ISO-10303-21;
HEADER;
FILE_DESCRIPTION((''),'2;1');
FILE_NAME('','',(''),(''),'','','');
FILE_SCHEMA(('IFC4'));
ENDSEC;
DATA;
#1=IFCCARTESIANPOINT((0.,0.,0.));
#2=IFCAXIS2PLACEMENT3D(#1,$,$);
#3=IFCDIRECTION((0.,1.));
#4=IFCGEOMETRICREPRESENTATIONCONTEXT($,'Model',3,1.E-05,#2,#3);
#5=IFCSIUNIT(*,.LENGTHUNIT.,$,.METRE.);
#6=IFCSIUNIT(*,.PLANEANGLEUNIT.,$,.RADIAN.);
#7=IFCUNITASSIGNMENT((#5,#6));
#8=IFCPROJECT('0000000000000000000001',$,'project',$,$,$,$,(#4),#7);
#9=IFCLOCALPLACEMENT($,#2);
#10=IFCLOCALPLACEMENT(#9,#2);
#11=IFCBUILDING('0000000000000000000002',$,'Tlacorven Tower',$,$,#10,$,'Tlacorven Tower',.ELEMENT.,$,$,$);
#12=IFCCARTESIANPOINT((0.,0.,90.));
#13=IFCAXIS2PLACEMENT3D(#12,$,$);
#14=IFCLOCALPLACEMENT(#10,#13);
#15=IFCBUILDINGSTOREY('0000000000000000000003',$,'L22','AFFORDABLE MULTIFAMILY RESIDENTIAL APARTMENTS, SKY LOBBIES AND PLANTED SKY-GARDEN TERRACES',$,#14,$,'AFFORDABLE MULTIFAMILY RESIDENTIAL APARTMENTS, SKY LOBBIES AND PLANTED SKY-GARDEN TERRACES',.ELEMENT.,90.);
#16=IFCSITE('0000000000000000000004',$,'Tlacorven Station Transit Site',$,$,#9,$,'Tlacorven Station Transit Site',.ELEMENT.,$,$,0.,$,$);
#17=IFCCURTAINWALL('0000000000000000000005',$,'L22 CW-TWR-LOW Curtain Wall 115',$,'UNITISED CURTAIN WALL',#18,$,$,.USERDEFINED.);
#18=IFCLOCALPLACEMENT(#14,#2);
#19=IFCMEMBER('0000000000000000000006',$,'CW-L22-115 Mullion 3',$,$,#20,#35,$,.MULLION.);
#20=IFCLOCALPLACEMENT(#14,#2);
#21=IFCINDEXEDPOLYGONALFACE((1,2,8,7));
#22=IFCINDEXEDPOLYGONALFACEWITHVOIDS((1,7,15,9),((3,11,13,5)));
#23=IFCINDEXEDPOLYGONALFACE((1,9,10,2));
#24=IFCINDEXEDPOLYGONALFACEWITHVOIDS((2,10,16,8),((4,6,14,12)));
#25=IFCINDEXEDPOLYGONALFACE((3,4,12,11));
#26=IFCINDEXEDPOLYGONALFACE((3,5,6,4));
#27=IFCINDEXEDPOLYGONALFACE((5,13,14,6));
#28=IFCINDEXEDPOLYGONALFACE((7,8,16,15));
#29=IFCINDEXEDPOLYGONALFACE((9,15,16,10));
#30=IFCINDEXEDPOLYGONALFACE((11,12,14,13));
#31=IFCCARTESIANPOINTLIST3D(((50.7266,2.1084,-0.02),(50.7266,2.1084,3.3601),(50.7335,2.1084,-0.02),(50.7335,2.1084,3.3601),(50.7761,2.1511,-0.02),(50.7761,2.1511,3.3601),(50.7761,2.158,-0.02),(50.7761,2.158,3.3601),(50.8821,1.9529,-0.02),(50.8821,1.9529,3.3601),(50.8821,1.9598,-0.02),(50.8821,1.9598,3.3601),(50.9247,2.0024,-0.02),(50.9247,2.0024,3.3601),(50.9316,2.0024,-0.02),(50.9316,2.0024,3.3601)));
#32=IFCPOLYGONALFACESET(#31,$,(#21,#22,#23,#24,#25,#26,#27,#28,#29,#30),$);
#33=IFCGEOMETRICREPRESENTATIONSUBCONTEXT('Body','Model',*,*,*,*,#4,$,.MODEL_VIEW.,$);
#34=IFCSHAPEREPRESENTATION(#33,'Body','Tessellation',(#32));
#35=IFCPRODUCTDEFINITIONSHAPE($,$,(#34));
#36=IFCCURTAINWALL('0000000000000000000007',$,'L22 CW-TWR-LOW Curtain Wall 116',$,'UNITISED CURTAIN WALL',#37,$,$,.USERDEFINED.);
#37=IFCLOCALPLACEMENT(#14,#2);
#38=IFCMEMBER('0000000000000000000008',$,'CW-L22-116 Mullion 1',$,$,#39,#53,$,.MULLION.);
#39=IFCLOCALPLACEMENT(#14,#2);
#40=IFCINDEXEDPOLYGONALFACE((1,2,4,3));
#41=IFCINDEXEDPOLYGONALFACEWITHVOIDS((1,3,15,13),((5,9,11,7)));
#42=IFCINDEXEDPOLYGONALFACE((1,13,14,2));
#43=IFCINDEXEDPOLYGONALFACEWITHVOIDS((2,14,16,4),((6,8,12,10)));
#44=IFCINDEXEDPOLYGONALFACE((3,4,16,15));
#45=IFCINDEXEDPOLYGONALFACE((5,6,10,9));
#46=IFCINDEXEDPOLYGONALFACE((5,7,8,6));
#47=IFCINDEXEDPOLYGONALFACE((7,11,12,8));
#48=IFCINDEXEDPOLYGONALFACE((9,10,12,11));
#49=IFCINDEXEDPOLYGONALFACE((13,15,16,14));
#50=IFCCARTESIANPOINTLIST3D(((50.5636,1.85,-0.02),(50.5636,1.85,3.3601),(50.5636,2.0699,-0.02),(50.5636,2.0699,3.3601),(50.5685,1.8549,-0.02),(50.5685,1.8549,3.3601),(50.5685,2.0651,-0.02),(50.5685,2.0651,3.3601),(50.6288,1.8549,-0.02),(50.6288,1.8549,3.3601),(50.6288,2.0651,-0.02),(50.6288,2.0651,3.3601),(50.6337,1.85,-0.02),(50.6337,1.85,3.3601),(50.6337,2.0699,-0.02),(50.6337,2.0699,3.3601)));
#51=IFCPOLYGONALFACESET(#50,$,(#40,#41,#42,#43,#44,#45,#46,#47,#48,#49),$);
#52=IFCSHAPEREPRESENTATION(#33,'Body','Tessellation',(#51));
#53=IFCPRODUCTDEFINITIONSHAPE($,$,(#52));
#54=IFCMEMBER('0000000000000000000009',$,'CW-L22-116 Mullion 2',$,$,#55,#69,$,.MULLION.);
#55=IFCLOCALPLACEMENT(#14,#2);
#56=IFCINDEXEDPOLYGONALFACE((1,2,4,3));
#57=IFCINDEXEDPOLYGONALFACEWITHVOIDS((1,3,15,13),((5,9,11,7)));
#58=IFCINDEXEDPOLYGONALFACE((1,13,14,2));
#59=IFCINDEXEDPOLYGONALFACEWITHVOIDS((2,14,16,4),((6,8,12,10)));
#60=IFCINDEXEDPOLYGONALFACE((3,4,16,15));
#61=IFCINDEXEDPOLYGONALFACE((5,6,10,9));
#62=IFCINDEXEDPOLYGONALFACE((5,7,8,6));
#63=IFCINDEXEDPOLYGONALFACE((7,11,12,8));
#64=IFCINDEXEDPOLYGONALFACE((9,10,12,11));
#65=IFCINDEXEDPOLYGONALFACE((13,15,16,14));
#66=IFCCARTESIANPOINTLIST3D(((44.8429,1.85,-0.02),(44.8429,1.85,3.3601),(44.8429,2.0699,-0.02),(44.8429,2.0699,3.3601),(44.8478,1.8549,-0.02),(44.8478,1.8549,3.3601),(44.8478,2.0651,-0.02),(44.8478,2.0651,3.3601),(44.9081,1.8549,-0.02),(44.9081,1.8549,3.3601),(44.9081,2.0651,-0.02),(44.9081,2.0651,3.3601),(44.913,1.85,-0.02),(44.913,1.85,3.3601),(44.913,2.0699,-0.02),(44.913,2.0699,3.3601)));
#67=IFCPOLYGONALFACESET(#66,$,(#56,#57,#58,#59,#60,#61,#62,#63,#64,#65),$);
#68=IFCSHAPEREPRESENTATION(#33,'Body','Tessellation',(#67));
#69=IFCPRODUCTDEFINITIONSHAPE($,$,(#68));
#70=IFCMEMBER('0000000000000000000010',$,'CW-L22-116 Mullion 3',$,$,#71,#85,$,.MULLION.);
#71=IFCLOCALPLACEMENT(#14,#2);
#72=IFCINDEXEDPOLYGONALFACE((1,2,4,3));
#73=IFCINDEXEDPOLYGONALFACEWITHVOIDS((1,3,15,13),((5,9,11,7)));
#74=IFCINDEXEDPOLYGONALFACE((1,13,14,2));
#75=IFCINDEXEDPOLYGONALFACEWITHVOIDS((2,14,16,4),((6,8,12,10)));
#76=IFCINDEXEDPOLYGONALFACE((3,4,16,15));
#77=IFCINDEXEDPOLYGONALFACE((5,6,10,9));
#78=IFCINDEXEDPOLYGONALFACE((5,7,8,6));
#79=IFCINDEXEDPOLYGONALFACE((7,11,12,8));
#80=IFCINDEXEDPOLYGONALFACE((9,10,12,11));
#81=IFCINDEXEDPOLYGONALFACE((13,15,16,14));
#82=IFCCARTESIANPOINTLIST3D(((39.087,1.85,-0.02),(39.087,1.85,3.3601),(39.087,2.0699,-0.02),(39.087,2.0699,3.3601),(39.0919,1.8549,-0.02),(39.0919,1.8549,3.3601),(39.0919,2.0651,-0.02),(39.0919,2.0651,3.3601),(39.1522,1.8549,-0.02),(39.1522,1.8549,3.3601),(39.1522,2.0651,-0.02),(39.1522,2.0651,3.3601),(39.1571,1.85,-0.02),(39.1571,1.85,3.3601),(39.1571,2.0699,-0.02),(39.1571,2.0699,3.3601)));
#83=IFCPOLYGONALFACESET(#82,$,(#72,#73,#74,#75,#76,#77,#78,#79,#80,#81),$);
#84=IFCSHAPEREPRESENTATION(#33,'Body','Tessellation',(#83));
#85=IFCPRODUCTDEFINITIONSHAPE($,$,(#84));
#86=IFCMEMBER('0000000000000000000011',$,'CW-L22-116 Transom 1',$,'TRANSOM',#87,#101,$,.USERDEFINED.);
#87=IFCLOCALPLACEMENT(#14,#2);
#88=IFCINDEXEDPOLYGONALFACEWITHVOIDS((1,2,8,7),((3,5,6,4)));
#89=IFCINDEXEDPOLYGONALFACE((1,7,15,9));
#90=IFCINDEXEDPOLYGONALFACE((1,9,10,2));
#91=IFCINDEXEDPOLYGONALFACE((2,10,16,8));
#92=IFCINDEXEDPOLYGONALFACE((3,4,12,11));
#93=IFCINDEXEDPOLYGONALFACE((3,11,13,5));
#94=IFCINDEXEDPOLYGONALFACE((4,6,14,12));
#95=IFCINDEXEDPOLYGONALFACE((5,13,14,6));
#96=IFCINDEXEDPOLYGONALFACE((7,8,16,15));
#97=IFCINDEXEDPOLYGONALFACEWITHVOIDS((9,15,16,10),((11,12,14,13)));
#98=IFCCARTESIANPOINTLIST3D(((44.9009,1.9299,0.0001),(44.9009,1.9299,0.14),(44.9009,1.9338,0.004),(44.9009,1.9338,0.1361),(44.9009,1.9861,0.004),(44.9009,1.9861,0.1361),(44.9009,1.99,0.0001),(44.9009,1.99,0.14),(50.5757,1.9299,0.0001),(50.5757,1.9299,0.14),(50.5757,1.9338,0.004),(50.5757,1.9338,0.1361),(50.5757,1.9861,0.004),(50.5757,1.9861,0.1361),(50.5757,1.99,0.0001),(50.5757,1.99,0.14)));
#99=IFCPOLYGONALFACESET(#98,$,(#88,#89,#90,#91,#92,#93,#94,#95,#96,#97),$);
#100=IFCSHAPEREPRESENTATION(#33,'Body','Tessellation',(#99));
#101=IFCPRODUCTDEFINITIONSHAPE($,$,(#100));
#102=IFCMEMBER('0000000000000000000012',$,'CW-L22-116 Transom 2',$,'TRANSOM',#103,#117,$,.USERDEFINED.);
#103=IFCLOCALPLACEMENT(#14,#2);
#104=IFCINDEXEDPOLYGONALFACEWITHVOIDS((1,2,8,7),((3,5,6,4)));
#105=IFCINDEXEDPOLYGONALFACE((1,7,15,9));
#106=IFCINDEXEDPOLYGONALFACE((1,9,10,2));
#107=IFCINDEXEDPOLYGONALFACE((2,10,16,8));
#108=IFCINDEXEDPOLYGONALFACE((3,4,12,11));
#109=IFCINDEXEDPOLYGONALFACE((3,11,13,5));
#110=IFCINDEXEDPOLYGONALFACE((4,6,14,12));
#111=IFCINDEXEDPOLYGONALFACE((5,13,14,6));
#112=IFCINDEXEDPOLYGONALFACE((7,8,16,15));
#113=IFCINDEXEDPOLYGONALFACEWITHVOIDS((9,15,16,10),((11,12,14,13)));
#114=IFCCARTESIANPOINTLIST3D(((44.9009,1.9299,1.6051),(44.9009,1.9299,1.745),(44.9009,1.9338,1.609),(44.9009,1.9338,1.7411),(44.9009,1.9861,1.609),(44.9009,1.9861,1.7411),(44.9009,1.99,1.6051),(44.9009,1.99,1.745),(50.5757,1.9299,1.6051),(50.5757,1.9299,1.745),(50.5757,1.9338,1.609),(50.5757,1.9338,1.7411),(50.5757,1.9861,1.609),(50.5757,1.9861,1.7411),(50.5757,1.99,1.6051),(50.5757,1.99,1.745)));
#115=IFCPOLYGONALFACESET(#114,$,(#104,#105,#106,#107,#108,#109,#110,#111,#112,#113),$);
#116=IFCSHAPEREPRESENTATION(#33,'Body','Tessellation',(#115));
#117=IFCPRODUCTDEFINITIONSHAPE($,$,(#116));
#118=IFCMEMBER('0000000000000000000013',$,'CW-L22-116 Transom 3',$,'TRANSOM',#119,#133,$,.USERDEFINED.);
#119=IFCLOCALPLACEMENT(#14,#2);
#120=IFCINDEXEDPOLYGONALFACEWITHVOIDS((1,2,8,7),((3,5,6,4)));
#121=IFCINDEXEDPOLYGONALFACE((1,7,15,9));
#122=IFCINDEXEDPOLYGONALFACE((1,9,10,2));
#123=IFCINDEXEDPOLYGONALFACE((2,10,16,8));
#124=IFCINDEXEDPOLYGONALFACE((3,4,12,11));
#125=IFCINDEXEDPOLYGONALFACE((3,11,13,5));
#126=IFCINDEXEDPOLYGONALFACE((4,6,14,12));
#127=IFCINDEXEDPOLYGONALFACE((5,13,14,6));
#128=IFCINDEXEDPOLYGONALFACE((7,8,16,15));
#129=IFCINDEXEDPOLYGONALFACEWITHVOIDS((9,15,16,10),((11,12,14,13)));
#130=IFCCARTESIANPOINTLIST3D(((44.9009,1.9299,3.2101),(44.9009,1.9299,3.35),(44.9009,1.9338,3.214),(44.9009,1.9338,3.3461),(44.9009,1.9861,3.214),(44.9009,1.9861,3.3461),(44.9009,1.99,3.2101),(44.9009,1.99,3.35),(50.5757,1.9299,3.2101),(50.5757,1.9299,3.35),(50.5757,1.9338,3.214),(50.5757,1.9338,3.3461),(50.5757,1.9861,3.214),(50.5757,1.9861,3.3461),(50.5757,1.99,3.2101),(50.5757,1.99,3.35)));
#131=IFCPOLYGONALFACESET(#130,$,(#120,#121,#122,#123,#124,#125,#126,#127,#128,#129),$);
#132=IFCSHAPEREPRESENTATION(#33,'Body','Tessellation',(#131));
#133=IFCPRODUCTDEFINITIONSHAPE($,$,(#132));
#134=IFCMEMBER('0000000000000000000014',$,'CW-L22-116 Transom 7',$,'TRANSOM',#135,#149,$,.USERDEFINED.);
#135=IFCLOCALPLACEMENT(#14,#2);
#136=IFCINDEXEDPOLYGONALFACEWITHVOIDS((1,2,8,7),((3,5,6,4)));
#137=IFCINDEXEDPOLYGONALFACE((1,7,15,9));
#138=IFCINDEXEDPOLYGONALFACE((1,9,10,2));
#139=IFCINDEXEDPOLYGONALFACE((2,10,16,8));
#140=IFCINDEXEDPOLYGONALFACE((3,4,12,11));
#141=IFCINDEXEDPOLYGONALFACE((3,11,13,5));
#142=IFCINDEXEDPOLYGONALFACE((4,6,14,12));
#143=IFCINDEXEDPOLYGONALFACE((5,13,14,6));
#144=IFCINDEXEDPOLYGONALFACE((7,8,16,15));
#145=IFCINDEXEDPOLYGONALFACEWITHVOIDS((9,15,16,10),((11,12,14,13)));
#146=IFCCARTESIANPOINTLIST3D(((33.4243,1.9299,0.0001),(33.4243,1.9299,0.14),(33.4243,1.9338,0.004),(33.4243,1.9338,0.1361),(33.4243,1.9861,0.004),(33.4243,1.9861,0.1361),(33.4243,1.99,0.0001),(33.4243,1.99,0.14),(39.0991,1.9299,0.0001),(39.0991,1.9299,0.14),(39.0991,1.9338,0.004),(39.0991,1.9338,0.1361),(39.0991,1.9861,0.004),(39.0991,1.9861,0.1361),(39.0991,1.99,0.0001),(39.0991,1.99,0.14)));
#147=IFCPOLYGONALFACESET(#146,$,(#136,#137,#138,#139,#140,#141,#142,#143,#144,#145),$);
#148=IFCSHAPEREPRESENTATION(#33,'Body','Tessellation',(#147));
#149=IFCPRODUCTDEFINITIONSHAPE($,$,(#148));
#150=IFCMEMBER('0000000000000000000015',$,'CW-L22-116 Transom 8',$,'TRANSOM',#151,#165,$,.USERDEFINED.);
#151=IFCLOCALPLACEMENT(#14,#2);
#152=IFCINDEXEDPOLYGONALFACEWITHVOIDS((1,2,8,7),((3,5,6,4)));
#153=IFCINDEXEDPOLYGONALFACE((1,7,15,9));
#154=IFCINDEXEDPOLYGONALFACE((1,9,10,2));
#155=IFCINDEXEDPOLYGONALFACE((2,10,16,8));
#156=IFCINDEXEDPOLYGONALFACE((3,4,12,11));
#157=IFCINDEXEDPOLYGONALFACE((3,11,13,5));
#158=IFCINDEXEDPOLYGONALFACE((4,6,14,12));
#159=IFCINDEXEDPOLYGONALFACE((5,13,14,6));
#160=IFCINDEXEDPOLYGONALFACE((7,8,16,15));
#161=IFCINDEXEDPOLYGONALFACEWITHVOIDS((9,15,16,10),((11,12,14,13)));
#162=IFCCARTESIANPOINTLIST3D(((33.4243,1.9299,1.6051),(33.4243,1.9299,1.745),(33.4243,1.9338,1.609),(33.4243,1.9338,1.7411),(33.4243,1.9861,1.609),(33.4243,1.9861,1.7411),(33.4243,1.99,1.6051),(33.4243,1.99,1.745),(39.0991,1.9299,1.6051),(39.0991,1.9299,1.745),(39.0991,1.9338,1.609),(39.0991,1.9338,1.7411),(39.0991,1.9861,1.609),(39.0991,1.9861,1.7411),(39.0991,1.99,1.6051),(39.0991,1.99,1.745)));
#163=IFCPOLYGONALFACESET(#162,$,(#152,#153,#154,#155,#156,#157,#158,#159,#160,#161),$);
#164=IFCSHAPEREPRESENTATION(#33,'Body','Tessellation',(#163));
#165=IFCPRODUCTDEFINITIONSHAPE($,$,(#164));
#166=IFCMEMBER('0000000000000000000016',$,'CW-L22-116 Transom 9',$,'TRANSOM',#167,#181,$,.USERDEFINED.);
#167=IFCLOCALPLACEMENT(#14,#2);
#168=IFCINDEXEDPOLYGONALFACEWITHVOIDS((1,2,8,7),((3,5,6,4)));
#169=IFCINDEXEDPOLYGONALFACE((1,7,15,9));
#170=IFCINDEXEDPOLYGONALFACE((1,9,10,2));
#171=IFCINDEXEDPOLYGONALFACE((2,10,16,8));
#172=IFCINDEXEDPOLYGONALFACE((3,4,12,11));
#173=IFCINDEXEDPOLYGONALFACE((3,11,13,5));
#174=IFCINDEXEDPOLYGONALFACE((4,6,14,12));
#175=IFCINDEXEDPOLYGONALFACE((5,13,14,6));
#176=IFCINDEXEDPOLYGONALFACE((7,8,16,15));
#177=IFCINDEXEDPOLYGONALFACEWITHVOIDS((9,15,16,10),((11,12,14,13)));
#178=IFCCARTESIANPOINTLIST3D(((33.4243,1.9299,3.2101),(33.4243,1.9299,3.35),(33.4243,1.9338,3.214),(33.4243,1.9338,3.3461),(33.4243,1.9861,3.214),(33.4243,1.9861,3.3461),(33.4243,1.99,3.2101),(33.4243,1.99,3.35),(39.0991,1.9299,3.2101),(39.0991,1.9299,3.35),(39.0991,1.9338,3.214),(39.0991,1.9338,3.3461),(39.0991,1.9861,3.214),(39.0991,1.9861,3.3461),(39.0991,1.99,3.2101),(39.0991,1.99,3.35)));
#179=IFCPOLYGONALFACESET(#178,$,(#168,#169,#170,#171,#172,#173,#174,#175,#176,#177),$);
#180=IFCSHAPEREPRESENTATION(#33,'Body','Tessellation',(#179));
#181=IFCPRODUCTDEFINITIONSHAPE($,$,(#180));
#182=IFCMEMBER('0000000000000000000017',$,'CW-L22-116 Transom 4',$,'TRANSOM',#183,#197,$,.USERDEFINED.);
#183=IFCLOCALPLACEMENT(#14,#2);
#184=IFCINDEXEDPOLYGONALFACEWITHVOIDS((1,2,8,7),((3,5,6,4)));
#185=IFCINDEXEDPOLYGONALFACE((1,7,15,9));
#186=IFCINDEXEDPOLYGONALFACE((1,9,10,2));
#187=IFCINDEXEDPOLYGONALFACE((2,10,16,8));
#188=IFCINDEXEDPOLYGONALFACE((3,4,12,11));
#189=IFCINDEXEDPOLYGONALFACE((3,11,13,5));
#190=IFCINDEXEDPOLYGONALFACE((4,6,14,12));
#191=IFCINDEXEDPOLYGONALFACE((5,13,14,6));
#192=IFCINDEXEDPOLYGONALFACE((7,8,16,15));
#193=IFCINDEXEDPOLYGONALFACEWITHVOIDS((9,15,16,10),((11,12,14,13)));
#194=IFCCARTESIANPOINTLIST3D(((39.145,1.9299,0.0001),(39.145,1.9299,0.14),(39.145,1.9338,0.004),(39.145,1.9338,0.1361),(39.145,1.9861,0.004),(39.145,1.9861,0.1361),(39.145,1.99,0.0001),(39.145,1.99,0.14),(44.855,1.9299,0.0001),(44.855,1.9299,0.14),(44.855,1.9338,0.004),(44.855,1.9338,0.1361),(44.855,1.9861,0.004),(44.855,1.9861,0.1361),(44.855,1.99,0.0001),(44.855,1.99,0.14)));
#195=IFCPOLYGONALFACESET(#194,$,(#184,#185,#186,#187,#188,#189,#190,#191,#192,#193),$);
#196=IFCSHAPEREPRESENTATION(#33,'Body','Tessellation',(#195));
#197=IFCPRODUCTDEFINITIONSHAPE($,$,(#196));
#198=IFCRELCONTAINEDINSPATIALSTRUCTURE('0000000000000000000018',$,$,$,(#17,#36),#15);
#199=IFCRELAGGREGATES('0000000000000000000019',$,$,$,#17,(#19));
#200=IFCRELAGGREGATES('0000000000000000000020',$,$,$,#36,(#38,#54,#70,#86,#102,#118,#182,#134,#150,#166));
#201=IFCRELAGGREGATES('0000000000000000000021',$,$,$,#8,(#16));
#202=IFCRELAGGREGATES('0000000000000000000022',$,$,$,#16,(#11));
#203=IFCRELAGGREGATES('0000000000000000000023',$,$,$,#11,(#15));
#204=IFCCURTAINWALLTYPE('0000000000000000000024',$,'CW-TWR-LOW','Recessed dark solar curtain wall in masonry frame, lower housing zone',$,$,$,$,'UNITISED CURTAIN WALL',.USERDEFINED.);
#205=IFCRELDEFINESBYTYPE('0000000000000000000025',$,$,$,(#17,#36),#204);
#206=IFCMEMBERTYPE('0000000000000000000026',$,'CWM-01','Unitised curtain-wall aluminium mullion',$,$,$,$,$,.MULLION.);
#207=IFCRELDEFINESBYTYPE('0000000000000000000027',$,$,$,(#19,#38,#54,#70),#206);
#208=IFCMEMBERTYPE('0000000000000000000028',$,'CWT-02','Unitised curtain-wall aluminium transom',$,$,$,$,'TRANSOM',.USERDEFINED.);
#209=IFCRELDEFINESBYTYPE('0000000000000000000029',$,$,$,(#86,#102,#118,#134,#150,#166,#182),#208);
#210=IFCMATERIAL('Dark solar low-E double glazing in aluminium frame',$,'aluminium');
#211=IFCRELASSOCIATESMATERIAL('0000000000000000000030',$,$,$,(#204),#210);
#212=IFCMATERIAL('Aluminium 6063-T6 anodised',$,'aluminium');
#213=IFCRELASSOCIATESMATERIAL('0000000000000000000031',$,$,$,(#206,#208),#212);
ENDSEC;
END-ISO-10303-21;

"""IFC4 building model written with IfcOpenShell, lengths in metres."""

from ifc_helpers import new_model, si_unit, direction, frame, origin, origin_2d, place, context, subcontext, project, spatial, hollow_rectangle, extrude, source, transform, mapped, material, material_profile, profile_set, type_object, element, aggregate, save


model = new_model("IFC4")

# Units and contexts
model_context = context("Model", 3, precision=1e-05, world=origin(), true_north=direction((0.0, 1.0)))
body_context = subcontext(model_context, "Body", "Model", "MODEL_VIEW")
ifc_project = project(units=[si_unit("LENGTHUNIT", "METRE"), si_unit("PLANEANGLEUNIT", "RADIAN")], contexts=[model_context])

# Site, building, storey
site_placement = place(None, origin())
site = spatial("IfcSite", under=ifc_project, at=site_placement, Name="Tlacorven Station Transit Site", LongName="Tlacorven Station Transit Site", CompositionType="ELEMENT", RefElevation=0.0)
building_placement = place(site_placement, origin())
building = spatial("IfcBuilding", under=site, at=building_placement, Name="Tlacorven Tower", LongName="Tlacorven Tower", CompositionType="ELEMENT")
storey_placement = place(building_placement, frame((0.0, 0.0, 90.0)))
storey = spatial("IfcBuildingStorey", under=building, at=storey_placement, Name="L22", Description="AFFORDABLE MULTIFAMILY RESIDENTIAL APARTMENTS, SKY LOBBIES AND PLANTED SKY-GARDEN TERRACES", LongName="AFFORDABLE MULTIFAMILY RESIDENTIAL APARTMENTS, SKY LOBBIES AND PLANTED SKY-GARDEN TERRACES", CompositionType="ELEMENT", Elevation=90.0)

# Curtain wall, member
ifc_material_1 = material(Name="Dark solar low-E double glazing in aluminium frame", Category="aluminium")
curtain_wall_type = type_object("IfcCurtainWallType", Name="CW-TWR-LOW", Description="Recessed dark solar curtain wall in masonry frame, lower housing zone", ElementType="UNITISED CURTAIN WALL", PredefinedType="USERDEFINED", material=ifc_material_1)
curtain_wall_1_placement = place(storey_placement, origin())
curtain_wall_1 = element("IfcCurtainWall", 1, at=curtain_wall_1_placement, inside=storey, type_object=curtain_wall_type, Name="L22 CW-TWR-LOW Curtain Wall 115", ObjectType="UNITISED CURTAIN WALL", PredefinedType="USERDEFINED")
ifc_material_2 = material(Name="Aluminium 6063-T6 anodised", Category="aluminium")
ifc_material_profile_1 = material_profile(ifc_material_2, hollow_rectangle(XDim=0.0701, YDim=0.22, WallThickness=0.0049, at=origin_2d()), Name="ALU MULLION 70X220")
ifc_profile_set_1 = profile_set([ifc_material_profile_1], Name="Aluminium 6063-T6 anodised")
member_type_1 = type_object("IfcMemberType", Name="CWM-01", Description="Unitised curtain-wall aluminium mullion", PredefinedType="MULLION", material=ifc_profile_set_1)
shared_shape_1 = source(origin(), body_context, "Body", "SweptSolid", [
    extrude(hollow_rectangle(XDim=0.0701, YDim=0.22, WallThickness=0.0049, at=origin_2d()), origin(), (0.0, 0.0, 1.0), 3.3801),
])
member_1_placement = place(storey_placement, frame((50.8291, 2.0554, -0.02), z_axis=(0.0, 0.0, 1.0), x_axis=(-0.707107, -0.707107, 0.0)))
member_1 = element("IfcMember", 2, at=member_1_placement, type_object=member_type_1, Name="CW-L22-115 Mullion 3", PredefinedType="MULLION", context=body_context, shape_type="MappedRepresentation", body=[
    mapped(shared_shape_1, transform((0.0, 0.0, 0.0), scale=1.0)),
])

# Curtain wall, members
curtain_wall_2_placement = place(storey_placement, origin())
curtain_wall_2 = element("IfcCurtainWall", 3, at=curtain_wall_2_placement, inside=storey, type_object=curtain_wall_type, Name="L22 CW-TWR-LOW Curtain Wall 116", ObjectType="UNITISED CURTAIN WALL", PredefinedType="USERDEFINED")
member_2_placement = place(storey_placement, frame((50.5986, 1.96, -0.02), z_axis=(0.0, 0.0, 1.0), x_axis=(-1.0, 0.0, 0.0)))
member_2 = element("IfcMember", 4, at=member_2_placement, type_object=member_type_1, Name="CW-L22-116 Mullion 1", PredefinedType="MULLION", context=body_context, shape_type="MappedRepresentation", body=[
    mapped(shared_shape_1, transform((0.0, 0.0, 0.0), scale=1.0)),
])
member_3_placement = place(storey_placement, frame((44.8779, 1.96, -0.02), z_axis=(0.0, 0.0, 1.0), x_axis=(-1.0, 0.0, 0.0)))
member_3 = element("IfcMember", 5, at=member_3_placement, type_object=member_type_1, Name="CW-L22-116 Mullion 2", PredefinedType="MULLION", context=body_context, shape_type="MappedRepresentation", body=[
    mapped(shared_shape_1, transform((0.0, 0.0, 0.0), scale=1.0)),
])
member_4_placement = place(storey_placement, frame((39.1221, 1.96, -0.02), z_axis=(0.0, 0.0, 1.0), x_axis=(-1.0, 0.0, 0.0)))
member_4 = element("IfcMember", 6, at=member_4_placement, type_object=member_type_1, Name="CW-L22-116 Mullion 3", PredefinedType="MULLION", context=body_context, shape_type="MappedRepresentation", body=[
    mapped(shared_shape_1, transform((0.0, 0.0, 0.0), scale=1.0)),
])
ifc_material_profile_2 = material_profile(ifc_material_2, hollow_rectangle(XDim=0.0601, YDim=0.1399, WallThickness=0.0039, at=origin_2d()), Name="ALU TRANSOM 60X140")
ifc_profile_set_2 = profile_set([ifc_material_profile_2], Name="Aluminium 6063-T6 anodised")
member_type_2 = type_object("IfcMemberType", Name="CWT-02", Description="Unitised curtain-wall aluminium transom", ElementType="TRANSOM", PredefinedType="USERDEFINED", material=ifc_profile_set_2)
shared_shape_2 = source(origin(), body_context, "Body", "SweptSolid", [
    extrude(hollow_rectangle(XDim=0.0601, YDim=0.1399, WallThickness=0.0039, at=origin_2d()), origin(), (0.0, 0.0, 1.0), 5.6748),
])
member_5_placement = place(storey_placement, frame((50.5757, 1.96, 0.0701), z_axis=(-1.0, 0.0, 0.0), x_axis=(0.0, -1.0, 0.0)))
member_5 = element("IfcMember", 7, at=member_5_placement, type_object=member_type_2, Name="CW-L22-116 Transom 1", ObjectType="TRANSOM", PredefinedType="USERDEFINED", context=body_context, shape_type="MappedRepresentation", body=[
    mapped(shared_shape_2, transform((0.0, 0.0, 0.0), scale=1.0)),
])
member_6_placement = place(storey_placement, frame((50.5757, 1.96, 1.675), z_axis=(-1.0, 0.0, 0.0), x_axis=(0.0, -1.0, 0.0)))
member_6 = element("IfcMember", 8, at=member_6_placement, type_object=member_type_2, Name="CW-L22-116 Transom 2", ObjectType="TRANSOM", PredefinedType="USERDEFINED", context=body_context, shape_type="MappedRepresentation", body=[
    mapped(shared_shape_2, transform((0.0, 0.0, 0.0), scale=1.0)),
])
member_7_placement = place(storey_placement, frame((50.5757, 1.96, 3.28), z_axis=(-1.0, 0.0, 0.0), x_axis=(0.0, -1.0, 0.0)))
member_7 = element("IfcMember", 9, at=member_7_placement, type_object=member_type_2, Name="CW-L22-116 Transom 3", ObjectType="TRANSOM", PredefinedType="USERDEFINED", context=body_context, shape_type="MappedRepresentation", body=[
    mapped(shared_shape_2, transform((0.0, 0.0, 0.0), scale=1.0)),
])
member_8_placement = place(storey_placement, frame((39.0991, 1.96, 0.0701), z_axis=(-1.0, 0.0, 0.0), x_axis=(0.0, -1.0, 0.0)))
member_8 = element("IfcMember", 10, at=member_8_placement, type_object=member_type_2, Name="CW-L22-116 Transom 7", ObjectType="TRANSOM", PredefinedType="USERDEFINED", context=body_context, shape_type="MappedRepresentation", body=[
    mapped(shared_shape_2, transform((0.0, 0.0, 0.0), scale=1.0)),
])
member_9_placement = place(storey_placement, frame((39.0991, 1.96, 1.675), z_axis=(-1.0, 0.0, 0.0), x_axis=(0.0, -1.0, 0.0)))
member_9 = element("IfcMember", 11, at=member_9_placement, type_object=member_type_2, Name="CW-L22-116 Transom 8", ObjectType="TRANSOM", PredefinedType="USERDEFINED", context=body_context, shape_type="MappedRepresentation", body=[
    mapped(shared_shape_2, transform((0.0, 0.0, 0.0), scale=1.0)),
])
member_10_placement = place(storey_placement, frame((39.0991, 1.96, 3.28), z_axis=(-1.0, 0.0, 0.0), x_axis=(0.0, -1.0, 0.0)))
member_10 = element("IfcMember", 12, at=member_10_placement, type_object=member_type_2, Name="CW-L22-116 Transom 9", ObjectType="TRANSOM", PredefinedType="USERDEFINED", context=body_context, shape_type="MappedRepresentation", body=[
    mapped(shared_shape_2, transform((0.0, 0.0, 0.0), scale=1.0)),
])
shared_shape_3 = source(origin(), body_context, "Body", "SweptSolid", [
    extrude(hollow_rectangle(XDim=0.0601, YDim=0.1399, WallThickness=0.0039, at=origin_2d()), origin(), (0.0, 0.0, 1.0), 5.71),
])
member_11_placement = place(storey_placement, frame((44.855, 1.96, 0.0701), z_axis=(-1.0, 0.0, 0.0), x_axis=(0.0, -1.0, 0.0)))
member_11 = element("IfcMember", 13, at=member_11_placement, type_object=member_type_2, Name="CW-L22-116 Transom 4", ObjectType="TRANSOM", PredefinedType="USERDEFINED", context=body_context, shape_type="MappedRepresentation", body=[
    mapped(shared_shape_3, transform((0.0, 0.0, 0.0), scale=1.0)),
])

aggregate(curtain_wall_1, [member_1])
aggregate(curtain_wall_2, [member_2, member_3, member_4, member_5, member_6, member_7, member_11, member_8, member_9, member_10])

save(model, "model.ifc")
